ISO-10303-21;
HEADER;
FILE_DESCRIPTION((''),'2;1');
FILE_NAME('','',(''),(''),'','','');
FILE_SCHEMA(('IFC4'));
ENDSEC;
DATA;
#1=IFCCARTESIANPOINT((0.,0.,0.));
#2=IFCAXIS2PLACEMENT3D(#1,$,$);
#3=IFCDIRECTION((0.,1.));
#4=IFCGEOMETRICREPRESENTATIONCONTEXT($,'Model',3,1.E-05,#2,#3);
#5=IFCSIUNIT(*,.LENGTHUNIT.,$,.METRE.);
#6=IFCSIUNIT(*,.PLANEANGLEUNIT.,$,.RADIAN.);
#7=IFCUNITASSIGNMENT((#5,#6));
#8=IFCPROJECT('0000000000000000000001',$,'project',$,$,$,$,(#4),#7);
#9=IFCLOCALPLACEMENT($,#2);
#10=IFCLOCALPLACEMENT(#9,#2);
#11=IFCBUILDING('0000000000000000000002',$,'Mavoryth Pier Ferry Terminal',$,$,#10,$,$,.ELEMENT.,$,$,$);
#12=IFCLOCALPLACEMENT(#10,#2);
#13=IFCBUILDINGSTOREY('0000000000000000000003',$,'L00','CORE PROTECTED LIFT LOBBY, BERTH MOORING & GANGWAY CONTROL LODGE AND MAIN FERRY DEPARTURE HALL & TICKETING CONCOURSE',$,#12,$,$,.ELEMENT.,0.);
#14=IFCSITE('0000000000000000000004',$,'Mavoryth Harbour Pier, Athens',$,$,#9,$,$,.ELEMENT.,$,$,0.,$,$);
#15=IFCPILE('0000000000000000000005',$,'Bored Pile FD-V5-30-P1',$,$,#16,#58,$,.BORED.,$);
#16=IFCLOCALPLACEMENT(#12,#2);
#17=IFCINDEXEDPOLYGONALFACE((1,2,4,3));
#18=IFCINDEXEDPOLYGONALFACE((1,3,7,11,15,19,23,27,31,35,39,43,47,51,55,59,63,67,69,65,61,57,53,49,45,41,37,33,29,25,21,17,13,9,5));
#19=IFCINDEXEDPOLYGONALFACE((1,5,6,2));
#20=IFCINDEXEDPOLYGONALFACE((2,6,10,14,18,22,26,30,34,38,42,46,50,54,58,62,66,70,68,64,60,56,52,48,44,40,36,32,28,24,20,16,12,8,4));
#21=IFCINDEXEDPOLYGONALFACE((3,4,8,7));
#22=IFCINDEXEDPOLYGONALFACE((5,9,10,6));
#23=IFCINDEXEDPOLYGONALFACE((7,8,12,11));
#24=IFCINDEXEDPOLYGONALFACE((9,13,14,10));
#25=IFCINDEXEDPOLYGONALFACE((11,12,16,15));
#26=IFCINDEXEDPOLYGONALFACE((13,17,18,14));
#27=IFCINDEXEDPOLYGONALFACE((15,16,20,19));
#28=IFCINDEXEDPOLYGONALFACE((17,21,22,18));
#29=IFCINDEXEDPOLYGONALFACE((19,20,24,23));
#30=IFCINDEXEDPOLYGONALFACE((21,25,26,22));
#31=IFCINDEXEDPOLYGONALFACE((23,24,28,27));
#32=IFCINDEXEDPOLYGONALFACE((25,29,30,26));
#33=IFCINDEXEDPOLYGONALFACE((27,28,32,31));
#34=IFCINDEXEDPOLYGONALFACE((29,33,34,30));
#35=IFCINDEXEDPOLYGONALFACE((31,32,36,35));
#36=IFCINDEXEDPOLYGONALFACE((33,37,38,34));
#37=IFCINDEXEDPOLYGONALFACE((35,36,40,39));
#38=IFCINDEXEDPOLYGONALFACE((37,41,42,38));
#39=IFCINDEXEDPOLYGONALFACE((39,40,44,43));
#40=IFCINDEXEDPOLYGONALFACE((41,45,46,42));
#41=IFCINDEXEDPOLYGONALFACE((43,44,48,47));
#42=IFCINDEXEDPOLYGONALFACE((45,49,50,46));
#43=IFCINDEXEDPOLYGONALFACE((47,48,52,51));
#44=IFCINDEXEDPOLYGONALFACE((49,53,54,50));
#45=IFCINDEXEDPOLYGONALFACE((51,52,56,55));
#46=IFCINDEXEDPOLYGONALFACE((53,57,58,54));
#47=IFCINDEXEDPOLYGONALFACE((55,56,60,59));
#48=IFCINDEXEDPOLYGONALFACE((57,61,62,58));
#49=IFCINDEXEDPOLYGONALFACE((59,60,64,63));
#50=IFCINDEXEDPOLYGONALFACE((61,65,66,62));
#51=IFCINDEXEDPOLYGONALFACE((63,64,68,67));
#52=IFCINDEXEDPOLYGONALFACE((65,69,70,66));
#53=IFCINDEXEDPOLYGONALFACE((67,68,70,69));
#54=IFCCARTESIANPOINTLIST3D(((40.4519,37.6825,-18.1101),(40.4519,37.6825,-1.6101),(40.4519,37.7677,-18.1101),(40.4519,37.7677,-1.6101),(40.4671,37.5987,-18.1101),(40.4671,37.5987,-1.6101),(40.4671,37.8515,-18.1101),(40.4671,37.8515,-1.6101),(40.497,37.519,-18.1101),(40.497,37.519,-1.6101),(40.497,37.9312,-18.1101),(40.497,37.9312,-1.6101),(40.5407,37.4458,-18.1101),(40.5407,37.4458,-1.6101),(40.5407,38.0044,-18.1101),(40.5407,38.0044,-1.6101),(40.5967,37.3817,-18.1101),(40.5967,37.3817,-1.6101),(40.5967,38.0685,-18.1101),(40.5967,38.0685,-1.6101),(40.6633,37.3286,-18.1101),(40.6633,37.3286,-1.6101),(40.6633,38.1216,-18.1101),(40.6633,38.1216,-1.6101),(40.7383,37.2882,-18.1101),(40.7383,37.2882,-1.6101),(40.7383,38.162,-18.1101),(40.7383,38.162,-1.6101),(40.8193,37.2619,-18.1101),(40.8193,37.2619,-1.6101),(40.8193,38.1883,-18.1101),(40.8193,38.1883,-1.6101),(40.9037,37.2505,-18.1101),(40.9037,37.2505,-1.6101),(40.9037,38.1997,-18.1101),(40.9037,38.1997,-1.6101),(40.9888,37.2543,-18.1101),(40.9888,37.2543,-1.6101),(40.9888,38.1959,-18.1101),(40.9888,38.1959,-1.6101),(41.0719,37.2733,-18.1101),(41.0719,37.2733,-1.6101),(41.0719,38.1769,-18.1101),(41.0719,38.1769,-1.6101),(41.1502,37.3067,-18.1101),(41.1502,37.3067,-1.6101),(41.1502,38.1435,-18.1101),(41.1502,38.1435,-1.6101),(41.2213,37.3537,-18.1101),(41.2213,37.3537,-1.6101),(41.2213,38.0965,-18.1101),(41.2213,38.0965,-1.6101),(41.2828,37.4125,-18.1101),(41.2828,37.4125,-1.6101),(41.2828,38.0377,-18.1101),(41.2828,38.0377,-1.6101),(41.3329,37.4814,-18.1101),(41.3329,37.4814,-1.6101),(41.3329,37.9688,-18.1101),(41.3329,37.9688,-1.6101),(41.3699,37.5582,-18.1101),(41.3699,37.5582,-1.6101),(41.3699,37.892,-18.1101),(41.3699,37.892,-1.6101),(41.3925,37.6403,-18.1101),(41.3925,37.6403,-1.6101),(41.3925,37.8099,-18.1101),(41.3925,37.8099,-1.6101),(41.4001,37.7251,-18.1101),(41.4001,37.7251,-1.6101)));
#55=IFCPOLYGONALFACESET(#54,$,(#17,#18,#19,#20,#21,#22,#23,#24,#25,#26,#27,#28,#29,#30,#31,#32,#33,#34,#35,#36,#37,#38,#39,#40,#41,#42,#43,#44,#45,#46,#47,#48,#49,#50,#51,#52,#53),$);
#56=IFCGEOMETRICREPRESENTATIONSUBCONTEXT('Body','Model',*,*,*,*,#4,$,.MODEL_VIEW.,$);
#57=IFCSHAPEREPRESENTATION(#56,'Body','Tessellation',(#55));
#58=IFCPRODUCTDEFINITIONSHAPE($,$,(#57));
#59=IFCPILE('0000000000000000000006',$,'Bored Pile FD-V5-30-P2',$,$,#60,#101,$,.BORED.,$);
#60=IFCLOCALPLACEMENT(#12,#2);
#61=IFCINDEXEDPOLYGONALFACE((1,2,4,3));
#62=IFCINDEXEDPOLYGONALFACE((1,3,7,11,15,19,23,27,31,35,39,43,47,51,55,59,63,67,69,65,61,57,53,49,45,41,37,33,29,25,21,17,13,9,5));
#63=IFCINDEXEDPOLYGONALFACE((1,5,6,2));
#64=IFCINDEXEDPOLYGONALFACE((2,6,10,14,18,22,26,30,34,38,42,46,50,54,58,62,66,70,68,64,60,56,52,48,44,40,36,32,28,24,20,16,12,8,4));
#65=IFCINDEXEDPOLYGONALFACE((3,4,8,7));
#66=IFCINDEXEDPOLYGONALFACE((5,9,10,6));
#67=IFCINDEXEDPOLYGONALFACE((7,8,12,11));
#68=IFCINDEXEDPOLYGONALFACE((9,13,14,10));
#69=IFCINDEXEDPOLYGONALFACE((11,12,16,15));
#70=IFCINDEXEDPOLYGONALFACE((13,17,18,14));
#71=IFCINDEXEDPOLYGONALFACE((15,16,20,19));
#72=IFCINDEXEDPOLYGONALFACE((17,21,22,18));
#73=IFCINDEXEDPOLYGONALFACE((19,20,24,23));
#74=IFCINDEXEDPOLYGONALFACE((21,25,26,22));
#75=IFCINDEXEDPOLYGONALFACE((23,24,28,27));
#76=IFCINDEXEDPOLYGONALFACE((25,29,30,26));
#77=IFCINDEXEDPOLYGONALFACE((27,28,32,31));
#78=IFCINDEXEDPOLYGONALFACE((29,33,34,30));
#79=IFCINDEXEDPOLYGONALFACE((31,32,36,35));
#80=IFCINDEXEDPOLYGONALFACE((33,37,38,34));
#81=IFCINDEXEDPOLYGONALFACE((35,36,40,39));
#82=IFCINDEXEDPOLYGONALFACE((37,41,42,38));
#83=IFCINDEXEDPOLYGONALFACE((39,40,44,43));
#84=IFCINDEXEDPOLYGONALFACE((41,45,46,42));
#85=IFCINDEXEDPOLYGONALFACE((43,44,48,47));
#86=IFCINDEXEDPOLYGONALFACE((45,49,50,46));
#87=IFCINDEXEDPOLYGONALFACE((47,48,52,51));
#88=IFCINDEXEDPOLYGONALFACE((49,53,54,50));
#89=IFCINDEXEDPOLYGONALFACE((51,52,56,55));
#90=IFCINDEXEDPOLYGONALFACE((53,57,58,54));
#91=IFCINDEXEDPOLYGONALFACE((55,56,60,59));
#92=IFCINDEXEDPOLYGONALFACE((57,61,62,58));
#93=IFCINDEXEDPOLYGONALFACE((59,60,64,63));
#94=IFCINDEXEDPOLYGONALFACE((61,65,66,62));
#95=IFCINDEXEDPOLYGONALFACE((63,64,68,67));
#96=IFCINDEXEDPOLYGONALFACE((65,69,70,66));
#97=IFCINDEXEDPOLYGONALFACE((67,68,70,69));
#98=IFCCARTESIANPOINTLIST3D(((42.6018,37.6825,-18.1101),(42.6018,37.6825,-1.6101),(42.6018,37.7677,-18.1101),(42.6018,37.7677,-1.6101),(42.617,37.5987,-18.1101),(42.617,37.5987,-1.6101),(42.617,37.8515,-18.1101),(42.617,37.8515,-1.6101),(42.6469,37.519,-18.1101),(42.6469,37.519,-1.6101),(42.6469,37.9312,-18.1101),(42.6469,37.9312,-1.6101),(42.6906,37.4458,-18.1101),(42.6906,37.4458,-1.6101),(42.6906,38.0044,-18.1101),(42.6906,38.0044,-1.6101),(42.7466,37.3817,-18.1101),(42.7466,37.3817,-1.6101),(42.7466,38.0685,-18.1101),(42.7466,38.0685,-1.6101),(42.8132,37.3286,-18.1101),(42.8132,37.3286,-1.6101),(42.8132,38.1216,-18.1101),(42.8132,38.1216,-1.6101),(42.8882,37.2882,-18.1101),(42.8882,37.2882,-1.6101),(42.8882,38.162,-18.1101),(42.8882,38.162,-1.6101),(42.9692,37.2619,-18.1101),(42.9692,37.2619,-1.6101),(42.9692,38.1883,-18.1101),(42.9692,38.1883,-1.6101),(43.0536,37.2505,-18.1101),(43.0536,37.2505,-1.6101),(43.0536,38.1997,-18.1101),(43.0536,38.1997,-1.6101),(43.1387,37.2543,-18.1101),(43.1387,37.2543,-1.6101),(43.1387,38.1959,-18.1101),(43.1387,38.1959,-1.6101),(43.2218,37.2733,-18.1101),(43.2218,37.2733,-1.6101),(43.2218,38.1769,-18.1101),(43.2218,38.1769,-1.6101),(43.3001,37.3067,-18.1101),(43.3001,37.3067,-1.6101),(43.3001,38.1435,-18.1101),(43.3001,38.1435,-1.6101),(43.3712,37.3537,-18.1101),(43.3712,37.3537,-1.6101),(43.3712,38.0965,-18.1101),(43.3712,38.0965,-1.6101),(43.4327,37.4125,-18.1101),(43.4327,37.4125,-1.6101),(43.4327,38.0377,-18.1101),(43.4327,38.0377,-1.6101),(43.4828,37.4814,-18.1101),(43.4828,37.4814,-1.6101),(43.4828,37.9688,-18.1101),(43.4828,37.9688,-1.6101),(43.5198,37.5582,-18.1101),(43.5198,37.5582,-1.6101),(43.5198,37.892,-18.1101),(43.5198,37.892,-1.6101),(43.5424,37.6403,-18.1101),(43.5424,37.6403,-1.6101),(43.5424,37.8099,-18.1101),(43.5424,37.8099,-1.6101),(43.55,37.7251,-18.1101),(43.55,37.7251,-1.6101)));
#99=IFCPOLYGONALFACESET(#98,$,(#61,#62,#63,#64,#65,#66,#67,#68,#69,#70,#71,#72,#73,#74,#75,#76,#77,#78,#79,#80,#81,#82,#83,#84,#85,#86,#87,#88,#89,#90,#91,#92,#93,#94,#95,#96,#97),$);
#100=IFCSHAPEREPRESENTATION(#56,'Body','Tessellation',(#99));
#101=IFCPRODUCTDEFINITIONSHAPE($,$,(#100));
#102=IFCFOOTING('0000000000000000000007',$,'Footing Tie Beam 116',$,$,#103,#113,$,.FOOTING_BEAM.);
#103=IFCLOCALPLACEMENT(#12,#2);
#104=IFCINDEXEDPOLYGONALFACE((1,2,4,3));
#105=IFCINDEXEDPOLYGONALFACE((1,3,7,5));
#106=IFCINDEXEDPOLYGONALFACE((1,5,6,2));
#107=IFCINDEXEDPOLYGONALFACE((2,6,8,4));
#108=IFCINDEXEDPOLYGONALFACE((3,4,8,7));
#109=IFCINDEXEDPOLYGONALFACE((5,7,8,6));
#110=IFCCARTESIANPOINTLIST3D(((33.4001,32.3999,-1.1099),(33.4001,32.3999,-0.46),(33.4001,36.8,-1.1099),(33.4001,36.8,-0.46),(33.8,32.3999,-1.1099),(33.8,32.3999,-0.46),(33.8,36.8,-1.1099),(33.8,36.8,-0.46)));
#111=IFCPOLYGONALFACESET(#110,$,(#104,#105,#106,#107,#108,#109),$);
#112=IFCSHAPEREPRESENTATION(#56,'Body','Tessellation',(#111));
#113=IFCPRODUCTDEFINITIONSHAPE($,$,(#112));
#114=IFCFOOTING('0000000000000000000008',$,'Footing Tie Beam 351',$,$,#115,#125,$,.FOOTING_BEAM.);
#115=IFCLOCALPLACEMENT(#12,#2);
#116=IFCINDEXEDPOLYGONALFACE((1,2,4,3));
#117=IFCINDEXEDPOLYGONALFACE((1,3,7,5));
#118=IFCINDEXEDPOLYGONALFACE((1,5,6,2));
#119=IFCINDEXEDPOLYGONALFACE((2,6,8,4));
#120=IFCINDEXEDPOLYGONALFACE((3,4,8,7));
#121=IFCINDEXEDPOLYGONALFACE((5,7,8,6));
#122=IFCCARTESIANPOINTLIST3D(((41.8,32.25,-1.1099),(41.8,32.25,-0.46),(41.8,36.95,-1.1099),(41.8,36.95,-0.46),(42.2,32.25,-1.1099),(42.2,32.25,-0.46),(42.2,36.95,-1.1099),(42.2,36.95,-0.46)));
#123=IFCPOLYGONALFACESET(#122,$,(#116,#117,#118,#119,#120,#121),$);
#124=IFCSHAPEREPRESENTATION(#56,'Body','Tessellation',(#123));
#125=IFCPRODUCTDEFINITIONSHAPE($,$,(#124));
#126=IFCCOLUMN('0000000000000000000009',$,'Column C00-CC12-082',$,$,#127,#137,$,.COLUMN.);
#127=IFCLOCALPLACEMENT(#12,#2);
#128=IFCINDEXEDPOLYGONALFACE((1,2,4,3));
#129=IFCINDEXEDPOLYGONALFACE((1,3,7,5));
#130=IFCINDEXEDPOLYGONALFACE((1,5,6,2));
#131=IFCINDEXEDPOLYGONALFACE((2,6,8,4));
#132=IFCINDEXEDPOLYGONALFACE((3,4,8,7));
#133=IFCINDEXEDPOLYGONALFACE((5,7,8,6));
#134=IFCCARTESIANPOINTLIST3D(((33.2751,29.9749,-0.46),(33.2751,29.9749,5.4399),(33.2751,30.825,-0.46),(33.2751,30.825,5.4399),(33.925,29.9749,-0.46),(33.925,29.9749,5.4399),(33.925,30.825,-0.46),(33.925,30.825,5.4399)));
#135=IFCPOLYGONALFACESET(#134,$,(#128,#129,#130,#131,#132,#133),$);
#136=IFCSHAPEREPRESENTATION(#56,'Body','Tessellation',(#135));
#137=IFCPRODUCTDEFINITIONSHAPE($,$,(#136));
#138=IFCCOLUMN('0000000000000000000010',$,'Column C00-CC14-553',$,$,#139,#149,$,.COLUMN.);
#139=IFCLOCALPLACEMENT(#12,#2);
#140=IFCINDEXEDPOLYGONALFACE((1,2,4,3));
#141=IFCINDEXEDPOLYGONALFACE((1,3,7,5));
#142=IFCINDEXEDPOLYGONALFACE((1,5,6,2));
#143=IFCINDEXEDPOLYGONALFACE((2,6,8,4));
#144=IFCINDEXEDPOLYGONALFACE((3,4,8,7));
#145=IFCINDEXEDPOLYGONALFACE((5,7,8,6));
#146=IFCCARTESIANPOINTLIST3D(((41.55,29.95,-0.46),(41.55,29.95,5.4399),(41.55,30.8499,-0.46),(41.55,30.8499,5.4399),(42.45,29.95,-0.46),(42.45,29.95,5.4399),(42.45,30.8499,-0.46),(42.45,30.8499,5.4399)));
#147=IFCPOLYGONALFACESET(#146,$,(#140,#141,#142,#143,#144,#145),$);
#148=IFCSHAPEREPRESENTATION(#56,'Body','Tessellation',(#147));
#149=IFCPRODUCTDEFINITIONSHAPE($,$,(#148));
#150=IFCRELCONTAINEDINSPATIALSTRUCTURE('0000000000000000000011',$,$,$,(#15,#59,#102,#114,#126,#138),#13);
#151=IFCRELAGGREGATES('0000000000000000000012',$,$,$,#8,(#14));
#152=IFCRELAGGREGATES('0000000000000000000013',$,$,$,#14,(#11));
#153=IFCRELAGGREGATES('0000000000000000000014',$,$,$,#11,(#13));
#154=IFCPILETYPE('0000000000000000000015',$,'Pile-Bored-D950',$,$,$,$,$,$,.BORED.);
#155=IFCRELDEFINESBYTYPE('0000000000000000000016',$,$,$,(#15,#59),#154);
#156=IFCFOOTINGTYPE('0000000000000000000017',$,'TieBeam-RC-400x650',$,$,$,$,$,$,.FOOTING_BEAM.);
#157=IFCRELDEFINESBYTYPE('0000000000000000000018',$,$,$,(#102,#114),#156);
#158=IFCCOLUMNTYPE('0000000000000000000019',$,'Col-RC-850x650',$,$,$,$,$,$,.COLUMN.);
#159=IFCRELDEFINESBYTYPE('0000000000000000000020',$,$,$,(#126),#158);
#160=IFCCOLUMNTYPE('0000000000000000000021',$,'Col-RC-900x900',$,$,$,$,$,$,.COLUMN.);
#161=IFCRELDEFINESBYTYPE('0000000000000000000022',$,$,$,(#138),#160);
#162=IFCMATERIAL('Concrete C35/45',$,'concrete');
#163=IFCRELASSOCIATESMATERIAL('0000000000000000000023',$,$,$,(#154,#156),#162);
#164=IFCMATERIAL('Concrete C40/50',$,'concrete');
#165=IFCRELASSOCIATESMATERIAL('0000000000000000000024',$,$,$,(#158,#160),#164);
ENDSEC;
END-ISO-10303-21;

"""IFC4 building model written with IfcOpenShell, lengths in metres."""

from ifc_helpers import new_model, si_unit, direction, frame, origin, origin_2d, place, context, subcontext, project, spatial, rectangle, circle, extrude, material, material_profile, profile_set, type_object, element, save


model = new_model("IFC4")

# Units and contexts
model_context = context("Model", 3, precision=1e-05, world=origin(), true_north=direction((0.0, 1.0)))
body_context = subcontext(model_context, "Body", "Model", "MODEL_VIEW")
ifc_project = project(units=[si_unit("LENGTHUNIT", "METRE"), si_unit("PLANEANGLEUNIT", "RADIAN")], contexts=[model_context])

# Site, building, storey
site_placement = place(None, origin())
site = spatial("IfcSite", under=ifc_project, at=site_placement, Name="Mavoryth Harbour Pier, Athens", CompositionType="ELEMENT", RefElevation=0.0)
building_placement = place(site_placement, origin())
building = spatial("IfcBuilding", under=site, at=building_placement, Name="Mavoryth Pier Ferry Terminal", CompositionType="ELEMENT")
storey_placement = place(building_placement, origin())
storey = spatial("IfcBuildingStorey", under=building, at=storey_placement, Name="L00", Description="CORE PROTECTED LIFT LOBBY, BERTH MOORING & GANGWAY CONTROL LODGE AND MAIN FERRY DEPARTURE HALL & TICKETING CONCOURSE", CompositionType="ELEMENT", Elevation=0.0)

# Shared definitions
ifc_material_1 = material(Name="Concrete C35/45", Category="concrete")

# Piles
ifc_material_profile_1 = material_profile(ifc_material_1, circle(Radius=0.4751, at=origin_2d()), Name="PILE D950", Category="concrete")
ifc_profile_set_1 = profile_set([ifc_material_profile_1], Name="Concrete C35/45 - PILE D950")
pile_type_1 = type_object("IfcPileType", Name="Pile-Bored-D950", PredefinedType="BORED", material=ifc_profile_set_1)
for number, where, z_axis, x_axis, name in (
    (1, (40.925, 37.7251, -1.6101), (0.0, 0.0, -1.0), (1.0, 0.0, 0.0), "Bored Pile FD-V5-30-P1"),
    (2, (43.075, 37.7251, -1.6101), (0.0, 0.0, -1.0), (1.0, 0.0, 0.0), "Bored Pile FD-V5-30-P2"),
):
    element("IfcPile", number, at=place(storey_placement, frame(where, z_axis=z_axis, x_axis=x_axis)), inside=storey, type_object=pile_type_1, Name=name, PredefinedType="BORED", context=body_context, shape_type="SweptSolid", body=[
        extrude(circle(Radius=0.4751, at=origin_2d()), origin(), (0.0, 0.0, 1.0), 16.5),
    ])

# Footings
ifc_material_profile_2 = material_profile(ifc_material_1, rectangle(XDim=0.3999, YDim=0.6499, at=origin_2d()), Name="RC 400x650", Category="concrete")
ifc_profile_set_2 = profile_set([ifc_material_profile_2], Name="Concrete C35/45 - RC 400x650")
footing_type_1 = type_object("IfcFootingType", Name="TieBeam-RC-400x650", PredefinedType="FOOTING_BEAM", material=ifc_profile_set_2)
footing_1_placement = place(storey_placement, frame((33.6001, 32.3999, -0.7849), z_axis=(0.0, 1.0, 0.0), x_axis=(-1.0, 0.0, 0.0)))
element("IfcFooting", 3, at=footing_1_placement, inside=storey, type_object=footing_type_1, Name="Footing Tie Beam 116", PredefinedType="FOOTING_BEAM", context=body_context, shape_type="SweptSolid", body=[
    extrude(rectangle(XDim=0.3999, YDim=0.6499, at=origin_2d()), origin(), (0.0, 0.0, 1.0), 4.4001),
])
footing_2_placement = place(storey_placement, frame((42.0, 32.25, -0.7849), z_axis=(0.0, 1.0, 0.0), x_axis=(-1.0, 0.0, 0.0)))
element("IfcFooting", 4, at=footing_2_placement, inside=storey, type_object=footing_type_1, Name="Footing Tie Beam 351", PredefinedType="FOOTING_BEAM", context=body_context, shape_type="SweptSolid", body=[
    extrude(rectangle(XDim=0.3999, YDim=0.6499, at=origin_2d()), origin(), (0.0, 0.0, 1.0), 4.7),
])

# Columns
ifc_material_2 = material(Name="Concrete C40/50", Category="concrete")
ifc_material_profile_3 = material_profile(ifc_material_2, rectangle(XDim=0.6499, YDim=0.8501, at=origin_2d()), Name="RC 850x650", Category="concrete")
ifc_profile_set_3 = profile_set([ifc_material_profile_3], Name="Concrete C40/50 - RC 850x650")
column_type_1 = type_object("IfcColumnType", Name="Col-RC-850x650", PredefinedType="COLUMN", material=ifc_profile_set_3)
column_1_placement = place(storey_placement, frame((33.6001, 30.3999, -0.46), z_axis=(0.0, 0.0, 1.0), x_axis=(1.0, 0.0, 0.0)))
element("IfcColumn", 5, at=column_1_placement, inside=storey, type_object=column_type_1, Name="Column C00-CC12-082", PredefinedType="COLUMN", context=body_context, shape_type="SweptSolid", body=[
    extrude(rectangle(XDim=0.6499, YDim=0.8501, at=origin_2d()), origin(), (0.0, 0.0, 1.0), 5.8999),
])
ifc_material_profile_4 = material_profile(ifc_material_2, rectangle(XDim=0.8999, YDim=0.8999, at=origin_2d()), Name="RC 900x900", Category="concrete")
ifc_profile_set_4 = profile_set([ifc_material_profile_4], Name="Concrete C40/50 - RC 900x900")
column_type_2 = type_object("IfcColumnType", Name="Col-RC-900x900", PredefinedType="COLUMN", material=ifc_profile_set_4)
column_2_placement = place(storey_placement, frame((42.0, 30.3999, -0.46), z_axis=(0.0, 0.0, 1.0), x_axis=(1.0, 0.0, 0.0)))
element("IfcColumn", 6, at=column_2_placement, inside=storey, type_object=column_type_2, Name="Column C00-CC14-553", PredefinedType="COLUMN", context=body_context, shape_type="SweptSolid", body=[
    extrude(rectangle(XDim=0.8999, YDim=0.8999, at=origin_2d()), origin(), (0.0, 0.0, 1.0), 5.8999),
])

save(model, "model.ifc")
